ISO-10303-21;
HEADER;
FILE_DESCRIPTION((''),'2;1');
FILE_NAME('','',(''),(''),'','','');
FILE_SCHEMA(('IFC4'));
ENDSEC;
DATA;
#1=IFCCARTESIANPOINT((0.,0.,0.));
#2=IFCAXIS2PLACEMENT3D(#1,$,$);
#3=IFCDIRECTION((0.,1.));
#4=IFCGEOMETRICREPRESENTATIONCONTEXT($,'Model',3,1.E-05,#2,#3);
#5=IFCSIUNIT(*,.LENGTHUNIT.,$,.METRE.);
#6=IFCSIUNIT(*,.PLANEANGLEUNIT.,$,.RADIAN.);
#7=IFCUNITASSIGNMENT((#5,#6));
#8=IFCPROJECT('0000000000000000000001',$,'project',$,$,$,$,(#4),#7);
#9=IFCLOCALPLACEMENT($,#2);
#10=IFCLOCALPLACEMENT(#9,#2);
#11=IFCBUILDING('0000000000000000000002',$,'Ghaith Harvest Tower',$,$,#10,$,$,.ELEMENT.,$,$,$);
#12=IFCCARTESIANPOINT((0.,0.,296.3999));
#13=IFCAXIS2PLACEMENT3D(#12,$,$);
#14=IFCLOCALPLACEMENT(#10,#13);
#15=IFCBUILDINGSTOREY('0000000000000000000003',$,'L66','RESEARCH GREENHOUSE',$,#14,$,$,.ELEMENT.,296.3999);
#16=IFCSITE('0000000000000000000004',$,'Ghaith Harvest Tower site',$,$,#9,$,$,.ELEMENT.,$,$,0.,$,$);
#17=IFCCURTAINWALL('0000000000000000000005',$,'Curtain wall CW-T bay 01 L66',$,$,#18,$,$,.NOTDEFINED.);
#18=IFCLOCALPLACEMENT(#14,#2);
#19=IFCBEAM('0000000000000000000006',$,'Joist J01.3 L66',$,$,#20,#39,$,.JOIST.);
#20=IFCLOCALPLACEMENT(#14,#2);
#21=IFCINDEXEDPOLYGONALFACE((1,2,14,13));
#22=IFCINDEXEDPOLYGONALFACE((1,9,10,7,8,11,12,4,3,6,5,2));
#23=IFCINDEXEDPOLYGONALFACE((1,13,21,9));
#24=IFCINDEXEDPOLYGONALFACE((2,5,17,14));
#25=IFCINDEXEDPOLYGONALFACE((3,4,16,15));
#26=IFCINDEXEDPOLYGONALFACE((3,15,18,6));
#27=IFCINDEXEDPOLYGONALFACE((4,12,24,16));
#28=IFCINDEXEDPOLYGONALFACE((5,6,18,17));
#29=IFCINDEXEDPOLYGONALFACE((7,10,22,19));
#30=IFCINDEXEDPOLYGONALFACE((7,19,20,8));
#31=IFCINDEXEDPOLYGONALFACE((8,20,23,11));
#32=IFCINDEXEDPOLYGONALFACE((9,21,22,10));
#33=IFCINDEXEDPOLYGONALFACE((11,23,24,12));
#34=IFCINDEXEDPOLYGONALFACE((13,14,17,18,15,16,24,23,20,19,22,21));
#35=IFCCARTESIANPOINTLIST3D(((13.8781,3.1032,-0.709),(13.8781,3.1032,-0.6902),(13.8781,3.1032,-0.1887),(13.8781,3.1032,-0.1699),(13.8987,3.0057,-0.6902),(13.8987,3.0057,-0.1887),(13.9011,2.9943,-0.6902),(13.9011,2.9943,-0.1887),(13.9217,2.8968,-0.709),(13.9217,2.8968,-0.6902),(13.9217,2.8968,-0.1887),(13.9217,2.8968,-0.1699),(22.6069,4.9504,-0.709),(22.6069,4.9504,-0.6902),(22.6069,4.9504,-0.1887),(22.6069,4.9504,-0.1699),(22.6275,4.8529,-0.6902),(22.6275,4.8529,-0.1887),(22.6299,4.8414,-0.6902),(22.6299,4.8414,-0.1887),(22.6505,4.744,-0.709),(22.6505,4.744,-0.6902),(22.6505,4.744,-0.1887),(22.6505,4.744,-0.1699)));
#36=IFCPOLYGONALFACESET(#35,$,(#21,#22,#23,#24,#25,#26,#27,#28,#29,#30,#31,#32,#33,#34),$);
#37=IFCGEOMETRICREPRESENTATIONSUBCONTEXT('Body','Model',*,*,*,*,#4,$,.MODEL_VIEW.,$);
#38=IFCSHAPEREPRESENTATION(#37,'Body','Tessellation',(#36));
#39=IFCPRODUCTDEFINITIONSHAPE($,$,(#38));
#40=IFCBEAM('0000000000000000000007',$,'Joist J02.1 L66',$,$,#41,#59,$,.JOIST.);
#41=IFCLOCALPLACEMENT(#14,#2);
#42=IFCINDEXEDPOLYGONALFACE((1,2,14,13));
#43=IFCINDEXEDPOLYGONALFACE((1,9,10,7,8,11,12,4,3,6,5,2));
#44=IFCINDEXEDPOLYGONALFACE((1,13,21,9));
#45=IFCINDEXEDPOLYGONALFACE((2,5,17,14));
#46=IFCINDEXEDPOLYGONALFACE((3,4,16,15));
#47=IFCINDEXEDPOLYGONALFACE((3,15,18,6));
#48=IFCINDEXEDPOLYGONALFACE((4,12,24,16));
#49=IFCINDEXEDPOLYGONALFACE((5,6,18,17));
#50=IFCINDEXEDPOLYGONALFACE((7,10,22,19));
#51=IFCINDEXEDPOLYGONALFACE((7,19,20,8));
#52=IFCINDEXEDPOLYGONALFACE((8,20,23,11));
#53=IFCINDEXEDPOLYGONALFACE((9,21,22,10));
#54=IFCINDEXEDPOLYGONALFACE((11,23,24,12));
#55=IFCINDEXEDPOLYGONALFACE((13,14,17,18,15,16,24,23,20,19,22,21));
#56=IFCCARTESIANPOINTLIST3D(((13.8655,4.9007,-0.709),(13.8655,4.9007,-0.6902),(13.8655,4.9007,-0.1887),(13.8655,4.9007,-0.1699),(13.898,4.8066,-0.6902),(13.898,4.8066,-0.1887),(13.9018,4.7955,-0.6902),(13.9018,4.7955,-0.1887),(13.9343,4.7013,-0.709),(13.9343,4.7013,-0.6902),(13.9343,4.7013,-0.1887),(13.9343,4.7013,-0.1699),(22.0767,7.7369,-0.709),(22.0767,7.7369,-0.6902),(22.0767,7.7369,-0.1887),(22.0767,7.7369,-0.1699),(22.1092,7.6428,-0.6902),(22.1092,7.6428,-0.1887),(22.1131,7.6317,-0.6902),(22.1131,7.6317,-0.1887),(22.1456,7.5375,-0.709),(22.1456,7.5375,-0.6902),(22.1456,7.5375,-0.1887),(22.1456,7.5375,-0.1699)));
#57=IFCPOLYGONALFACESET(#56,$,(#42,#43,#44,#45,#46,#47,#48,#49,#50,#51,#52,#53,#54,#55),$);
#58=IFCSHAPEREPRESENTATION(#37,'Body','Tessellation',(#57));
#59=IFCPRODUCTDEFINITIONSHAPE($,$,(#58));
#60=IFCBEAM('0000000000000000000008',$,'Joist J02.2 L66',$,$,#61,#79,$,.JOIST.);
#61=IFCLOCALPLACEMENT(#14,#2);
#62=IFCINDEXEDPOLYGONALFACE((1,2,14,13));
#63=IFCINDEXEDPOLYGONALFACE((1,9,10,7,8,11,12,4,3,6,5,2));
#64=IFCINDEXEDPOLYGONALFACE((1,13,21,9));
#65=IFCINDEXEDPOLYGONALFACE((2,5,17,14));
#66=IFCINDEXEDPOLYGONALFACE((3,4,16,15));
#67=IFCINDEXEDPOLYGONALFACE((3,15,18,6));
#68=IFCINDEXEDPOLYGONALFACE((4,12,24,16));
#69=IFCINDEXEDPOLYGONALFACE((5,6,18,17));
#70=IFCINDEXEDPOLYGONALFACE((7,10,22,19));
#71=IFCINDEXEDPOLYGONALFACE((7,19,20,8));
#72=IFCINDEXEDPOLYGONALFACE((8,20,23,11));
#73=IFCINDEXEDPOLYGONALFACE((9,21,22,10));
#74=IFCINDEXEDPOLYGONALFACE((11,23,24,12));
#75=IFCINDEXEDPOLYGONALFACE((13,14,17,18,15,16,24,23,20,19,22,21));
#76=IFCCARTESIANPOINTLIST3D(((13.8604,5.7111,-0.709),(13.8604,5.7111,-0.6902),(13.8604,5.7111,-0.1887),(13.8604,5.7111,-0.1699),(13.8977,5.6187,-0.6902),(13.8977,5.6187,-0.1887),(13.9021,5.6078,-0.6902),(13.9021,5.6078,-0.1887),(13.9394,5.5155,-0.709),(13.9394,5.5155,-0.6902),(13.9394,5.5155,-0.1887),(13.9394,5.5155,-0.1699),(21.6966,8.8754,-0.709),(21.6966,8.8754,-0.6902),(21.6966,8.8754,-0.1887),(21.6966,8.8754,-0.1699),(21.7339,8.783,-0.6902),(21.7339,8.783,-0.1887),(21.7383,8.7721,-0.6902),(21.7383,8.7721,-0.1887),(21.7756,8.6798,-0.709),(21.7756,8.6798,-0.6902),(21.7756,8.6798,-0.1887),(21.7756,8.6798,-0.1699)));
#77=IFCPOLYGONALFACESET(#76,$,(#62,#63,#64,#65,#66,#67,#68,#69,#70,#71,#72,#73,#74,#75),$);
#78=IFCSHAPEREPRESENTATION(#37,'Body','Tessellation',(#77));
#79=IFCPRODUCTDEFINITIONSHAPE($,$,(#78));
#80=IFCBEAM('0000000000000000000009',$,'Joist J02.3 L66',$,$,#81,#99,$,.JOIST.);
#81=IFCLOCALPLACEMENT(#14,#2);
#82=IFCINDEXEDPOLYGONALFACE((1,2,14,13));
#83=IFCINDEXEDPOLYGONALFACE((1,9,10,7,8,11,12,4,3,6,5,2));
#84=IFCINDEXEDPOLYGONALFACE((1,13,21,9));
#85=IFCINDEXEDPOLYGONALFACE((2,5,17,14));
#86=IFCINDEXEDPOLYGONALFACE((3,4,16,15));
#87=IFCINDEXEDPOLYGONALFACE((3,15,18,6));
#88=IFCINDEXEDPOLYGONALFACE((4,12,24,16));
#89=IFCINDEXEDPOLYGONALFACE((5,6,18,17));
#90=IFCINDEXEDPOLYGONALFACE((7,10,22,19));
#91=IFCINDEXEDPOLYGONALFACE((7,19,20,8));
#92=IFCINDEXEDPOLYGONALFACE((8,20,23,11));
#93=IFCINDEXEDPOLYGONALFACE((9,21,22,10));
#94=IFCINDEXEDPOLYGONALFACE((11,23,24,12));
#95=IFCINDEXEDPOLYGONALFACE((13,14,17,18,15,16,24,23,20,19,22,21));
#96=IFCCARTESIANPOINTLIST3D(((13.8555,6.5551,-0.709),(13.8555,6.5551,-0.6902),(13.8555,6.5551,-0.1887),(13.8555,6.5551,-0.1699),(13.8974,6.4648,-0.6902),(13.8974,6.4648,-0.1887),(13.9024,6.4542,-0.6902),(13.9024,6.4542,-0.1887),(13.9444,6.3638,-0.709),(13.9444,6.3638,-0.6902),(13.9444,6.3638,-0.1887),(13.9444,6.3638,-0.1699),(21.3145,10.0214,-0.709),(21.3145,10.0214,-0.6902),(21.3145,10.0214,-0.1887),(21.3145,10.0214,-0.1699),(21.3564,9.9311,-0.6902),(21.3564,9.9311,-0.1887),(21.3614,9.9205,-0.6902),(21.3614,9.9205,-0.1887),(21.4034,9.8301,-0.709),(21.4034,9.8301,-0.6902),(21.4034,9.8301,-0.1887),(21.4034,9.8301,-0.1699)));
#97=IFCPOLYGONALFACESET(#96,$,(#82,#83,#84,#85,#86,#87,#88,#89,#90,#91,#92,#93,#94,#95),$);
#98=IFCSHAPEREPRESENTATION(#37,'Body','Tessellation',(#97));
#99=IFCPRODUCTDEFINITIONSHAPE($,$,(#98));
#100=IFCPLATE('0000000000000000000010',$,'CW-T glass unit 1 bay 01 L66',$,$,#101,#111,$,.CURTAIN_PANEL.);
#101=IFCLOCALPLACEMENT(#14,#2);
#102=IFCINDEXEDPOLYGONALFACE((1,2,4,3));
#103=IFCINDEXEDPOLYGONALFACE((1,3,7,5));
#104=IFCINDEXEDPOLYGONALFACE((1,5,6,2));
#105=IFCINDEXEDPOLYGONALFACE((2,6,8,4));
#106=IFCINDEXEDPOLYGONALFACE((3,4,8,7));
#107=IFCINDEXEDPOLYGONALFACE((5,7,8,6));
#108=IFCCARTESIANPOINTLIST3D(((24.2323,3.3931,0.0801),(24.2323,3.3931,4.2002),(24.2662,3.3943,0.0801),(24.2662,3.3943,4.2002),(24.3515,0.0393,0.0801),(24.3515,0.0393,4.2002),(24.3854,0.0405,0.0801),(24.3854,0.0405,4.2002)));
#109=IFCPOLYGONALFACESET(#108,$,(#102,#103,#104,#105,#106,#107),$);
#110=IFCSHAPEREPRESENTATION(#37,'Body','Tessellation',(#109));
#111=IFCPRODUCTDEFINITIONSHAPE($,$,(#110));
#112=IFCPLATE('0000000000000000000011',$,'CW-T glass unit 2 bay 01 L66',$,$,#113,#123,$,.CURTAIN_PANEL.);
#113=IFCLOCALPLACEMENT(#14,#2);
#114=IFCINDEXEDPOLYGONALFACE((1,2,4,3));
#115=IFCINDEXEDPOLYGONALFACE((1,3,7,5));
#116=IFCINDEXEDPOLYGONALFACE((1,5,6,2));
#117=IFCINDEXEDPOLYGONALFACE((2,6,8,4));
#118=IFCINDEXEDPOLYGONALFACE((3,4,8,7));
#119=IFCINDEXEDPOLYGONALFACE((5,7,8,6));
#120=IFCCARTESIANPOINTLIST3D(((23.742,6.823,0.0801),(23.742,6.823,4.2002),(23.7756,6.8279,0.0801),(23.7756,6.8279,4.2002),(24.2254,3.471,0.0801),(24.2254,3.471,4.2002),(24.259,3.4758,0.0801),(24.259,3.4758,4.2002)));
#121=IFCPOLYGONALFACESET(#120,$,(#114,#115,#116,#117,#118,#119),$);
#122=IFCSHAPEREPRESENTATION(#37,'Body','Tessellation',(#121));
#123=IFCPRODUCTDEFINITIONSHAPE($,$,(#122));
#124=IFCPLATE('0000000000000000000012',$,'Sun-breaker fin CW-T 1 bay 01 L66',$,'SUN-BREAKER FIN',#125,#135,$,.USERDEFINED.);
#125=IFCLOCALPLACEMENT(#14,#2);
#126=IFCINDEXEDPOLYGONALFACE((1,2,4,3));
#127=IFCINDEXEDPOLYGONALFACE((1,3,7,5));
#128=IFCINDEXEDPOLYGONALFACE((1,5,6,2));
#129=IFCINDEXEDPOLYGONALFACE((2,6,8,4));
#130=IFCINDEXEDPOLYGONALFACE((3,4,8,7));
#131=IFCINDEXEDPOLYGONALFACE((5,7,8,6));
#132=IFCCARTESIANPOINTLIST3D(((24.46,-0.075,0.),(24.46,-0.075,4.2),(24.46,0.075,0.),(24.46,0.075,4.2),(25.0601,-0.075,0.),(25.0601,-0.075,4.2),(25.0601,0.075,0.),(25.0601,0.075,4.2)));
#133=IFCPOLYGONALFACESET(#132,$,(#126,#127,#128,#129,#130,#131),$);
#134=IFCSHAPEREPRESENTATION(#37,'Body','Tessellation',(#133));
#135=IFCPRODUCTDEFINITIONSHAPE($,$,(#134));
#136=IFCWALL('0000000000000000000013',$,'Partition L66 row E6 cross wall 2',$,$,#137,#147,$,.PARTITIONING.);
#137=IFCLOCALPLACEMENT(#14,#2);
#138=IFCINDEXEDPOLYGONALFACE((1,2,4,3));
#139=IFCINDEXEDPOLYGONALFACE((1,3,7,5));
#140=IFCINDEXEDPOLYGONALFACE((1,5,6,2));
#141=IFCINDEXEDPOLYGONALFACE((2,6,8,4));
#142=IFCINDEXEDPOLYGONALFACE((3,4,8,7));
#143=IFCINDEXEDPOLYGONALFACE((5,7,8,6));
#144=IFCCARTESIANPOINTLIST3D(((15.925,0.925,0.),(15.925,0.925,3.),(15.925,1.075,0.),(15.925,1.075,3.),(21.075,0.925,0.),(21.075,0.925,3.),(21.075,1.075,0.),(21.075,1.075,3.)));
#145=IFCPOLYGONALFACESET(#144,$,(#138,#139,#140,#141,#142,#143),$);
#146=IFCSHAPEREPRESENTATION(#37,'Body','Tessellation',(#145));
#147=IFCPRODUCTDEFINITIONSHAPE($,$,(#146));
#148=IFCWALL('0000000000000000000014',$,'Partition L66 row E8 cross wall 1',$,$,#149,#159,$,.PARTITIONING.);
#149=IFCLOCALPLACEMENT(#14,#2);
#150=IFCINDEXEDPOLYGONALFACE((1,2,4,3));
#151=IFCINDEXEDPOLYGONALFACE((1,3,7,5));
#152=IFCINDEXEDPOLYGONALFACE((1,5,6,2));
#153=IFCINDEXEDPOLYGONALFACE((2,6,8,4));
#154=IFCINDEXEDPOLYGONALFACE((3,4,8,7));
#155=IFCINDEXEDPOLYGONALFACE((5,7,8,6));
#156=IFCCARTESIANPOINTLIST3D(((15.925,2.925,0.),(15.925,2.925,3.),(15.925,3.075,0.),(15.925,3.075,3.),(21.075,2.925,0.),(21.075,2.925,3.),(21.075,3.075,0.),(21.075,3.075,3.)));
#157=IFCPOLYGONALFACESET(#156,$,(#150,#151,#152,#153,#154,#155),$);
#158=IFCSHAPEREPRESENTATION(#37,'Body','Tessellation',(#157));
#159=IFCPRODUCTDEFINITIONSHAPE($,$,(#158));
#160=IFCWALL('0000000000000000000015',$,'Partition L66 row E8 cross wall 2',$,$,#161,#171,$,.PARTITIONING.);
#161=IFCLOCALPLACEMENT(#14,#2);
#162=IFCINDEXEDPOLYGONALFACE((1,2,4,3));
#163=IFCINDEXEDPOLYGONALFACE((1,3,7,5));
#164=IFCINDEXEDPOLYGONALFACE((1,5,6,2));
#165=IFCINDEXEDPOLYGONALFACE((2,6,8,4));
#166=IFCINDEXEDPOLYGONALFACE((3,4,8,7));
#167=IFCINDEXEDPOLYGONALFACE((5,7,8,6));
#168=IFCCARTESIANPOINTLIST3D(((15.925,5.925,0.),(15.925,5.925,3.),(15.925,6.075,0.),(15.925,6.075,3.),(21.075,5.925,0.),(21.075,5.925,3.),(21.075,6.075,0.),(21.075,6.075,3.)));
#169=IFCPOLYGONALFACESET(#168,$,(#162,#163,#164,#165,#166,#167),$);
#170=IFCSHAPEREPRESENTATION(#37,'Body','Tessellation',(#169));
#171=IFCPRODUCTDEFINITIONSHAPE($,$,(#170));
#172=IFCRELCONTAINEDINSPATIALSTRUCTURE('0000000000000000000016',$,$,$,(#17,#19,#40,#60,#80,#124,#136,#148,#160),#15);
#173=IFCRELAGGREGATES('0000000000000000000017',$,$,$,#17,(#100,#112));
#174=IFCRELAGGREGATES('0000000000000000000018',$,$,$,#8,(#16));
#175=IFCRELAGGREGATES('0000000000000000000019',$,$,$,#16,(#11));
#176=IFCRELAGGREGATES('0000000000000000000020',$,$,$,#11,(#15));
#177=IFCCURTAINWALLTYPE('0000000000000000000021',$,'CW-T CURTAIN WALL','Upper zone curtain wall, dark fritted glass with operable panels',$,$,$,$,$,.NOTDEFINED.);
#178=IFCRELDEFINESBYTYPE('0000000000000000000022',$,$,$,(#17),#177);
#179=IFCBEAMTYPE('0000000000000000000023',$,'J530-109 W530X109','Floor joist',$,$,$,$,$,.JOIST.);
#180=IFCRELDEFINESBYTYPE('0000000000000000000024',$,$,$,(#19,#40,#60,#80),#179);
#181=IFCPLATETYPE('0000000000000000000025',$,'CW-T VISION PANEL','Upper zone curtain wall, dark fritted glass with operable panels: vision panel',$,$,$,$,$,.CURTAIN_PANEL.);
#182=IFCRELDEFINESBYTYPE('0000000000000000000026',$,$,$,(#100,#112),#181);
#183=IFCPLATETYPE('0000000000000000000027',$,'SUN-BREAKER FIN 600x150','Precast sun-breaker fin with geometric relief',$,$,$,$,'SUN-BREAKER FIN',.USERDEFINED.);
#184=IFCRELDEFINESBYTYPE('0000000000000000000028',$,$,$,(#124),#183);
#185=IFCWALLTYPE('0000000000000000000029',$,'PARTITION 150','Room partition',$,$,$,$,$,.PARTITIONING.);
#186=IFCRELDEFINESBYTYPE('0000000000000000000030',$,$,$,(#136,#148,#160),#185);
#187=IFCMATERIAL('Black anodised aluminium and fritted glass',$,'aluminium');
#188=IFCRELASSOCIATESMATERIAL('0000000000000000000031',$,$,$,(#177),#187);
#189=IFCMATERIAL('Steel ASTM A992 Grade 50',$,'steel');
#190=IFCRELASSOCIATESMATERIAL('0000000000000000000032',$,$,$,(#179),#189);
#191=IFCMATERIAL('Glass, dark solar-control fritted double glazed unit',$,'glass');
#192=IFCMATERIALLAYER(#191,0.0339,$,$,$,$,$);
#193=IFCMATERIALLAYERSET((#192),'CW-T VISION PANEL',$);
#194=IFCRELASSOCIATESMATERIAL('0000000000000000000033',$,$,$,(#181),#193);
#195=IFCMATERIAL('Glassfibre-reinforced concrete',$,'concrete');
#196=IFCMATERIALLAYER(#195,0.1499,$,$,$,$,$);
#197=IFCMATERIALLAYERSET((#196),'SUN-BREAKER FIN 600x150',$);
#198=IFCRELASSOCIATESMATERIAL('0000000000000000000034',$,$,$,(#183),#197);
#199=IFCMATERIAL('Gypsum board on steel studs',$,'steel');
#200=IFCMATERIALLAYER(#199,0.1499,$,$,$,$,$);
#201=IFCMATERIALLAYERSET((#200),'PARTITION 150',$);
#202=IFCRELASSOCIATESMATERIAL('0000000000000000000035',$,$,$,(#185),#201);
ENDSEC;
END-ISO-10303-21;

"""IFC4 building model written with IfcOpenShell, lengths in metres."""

from ifc_helpers import new_model, si_unit, direction, frame, frame_2d, origin, origin_2d, place, context, subcontext, project, spatial, rectangle, i_section, extrude, material, layer, layer_set, material_profile, profile_set, type_object, element, aggregate, save


model = new_model("IFC4")

# Units and contexts
model_context = context("Model", 3, precision=1e-05, world=origin(), true_north=direction((0.0, 1.0)))
body_context = subcontext(model_context, "Body", "Model", "MODEL_VIEW")
ifc_project = project(units=[si_unit("LENGTHUNIT", "METRE"), si_unit("PLANEANGLEUNIT", "RADIAN")], contexts=[model_context])

# Site, building, storey
site_placement = place(None, origin())
site = spatial("IfcSite", under=ifc_project, at=site_placement, Name="Ghaith Harvest Tower site", CompositionType="ELEMENT", RefElevation=0.0)
building_placement = place(site_placement, origin())
building = spatial("IfcBuilding", under=site, at=building_placement, Name="Ghaith Harvest Tower", CompositionType="ELEMENT")
storey_placement = place(building_placement, frame((0.0, 0.0, 296.3999)))
storey = spatial("IfcBuildingStorey", under=building, at=storey_placement, Name="L66", Description="RESEARCH GREENHOUSE", CompositionType="ELEMENT", Elevation=296.3999)

# Curtain wall
ifc_material_1 = material(Name="Black anodised aluminium and fritted glass", Category="aluminium")
curtain_wall_type = type_object("IfcCurtainWallType", Name="CW-T CURTAIN WALL", Description="Upper zone curtain wall, dark fritted glass with operable panels", PredefinedType="NOTDEFINED", material=ifc_material_1)
curtain_wall_placement = place(storey_placement, origin())
curtain_wall = element("IfcCurtainWall", 1, at=curtain_wall_placement, inside=storey, type_object=curtain_wall_type, Name="Curtain wall CW-T bay 01 L66", PredefinedType="NOTDEFINED")

# Beams
ifc_material_2 = material(Name="Steel ASTM A992 Grade 50", Category="steel")
ifc_material_profile_1 = material_profile(ifc_material_2, i_section(OverallWidth=0.2109, OverallDepth=0.5391, WebThickness=0.0117, FlangeThickness=0.0188, at=origin_2d()), Name="W530X109")
ifc_profile_set_1 = profile_set([ifc_material_profile_1], Name="Steel ASTM A992 Grade 50")
beam_type_1 = type_object("IfcBeamType", Name="J530-109 W530X109", Description="Floor joist", PredefinedType="JOIST", material=ifc_profile_set_1)
beam_1_placement = place(storey_placement, frame((13.8999, 3.0, -0.4395), z_axis=(0.978334, 0.207034, 0.0), x_axis=(-0.207034, 0.978334, 0.0)))
element("IfcBeam", 2, at=beam_1_placement, inside=storey, type_object=beam_type_1, Name="Joist J01.3 L66", PredefinedType="JOIST", context=body_context, shape_type="SweptSolid", body=[
    extrude(i_section(OverallWidth=0.2109, OverallDepth=0.5391, WebThickness=0.0117, FlangeThickness=0.0188, at=origin_2d()), origin(), (0.0, 0.0, 1.0), 8.9221),
])
beam_2_placement = place(storey_placement, frame((13.8999, 4.801, -0.4395), z_axis=(0.945205, 0.326478, 0.0), x_axis=(-0.326478, 0.945205, 0.0)))
element("IfcBeam", 3, at=beam_2_placement, inside=storey, type_object=beam_type_1, Name="Joist J02.1 L66", PredefinedType="JOIST", context=body_context, shape_type="SweptSolid", body=[
    extrude(i_section(OverallWidth=0.2109, OverallDepth=0.5391, WebThickness=0.0117, FlangeThickness=0.0188, at=origin_2d()), origin(), (0.0, 0.0, 1.0), 8.6873),
])
beam_3_placement = place(storey_placement, frame((13.8999, 5.6133, -0.4395), z_axis=(0.927254, 0.374432, 0.0), x_axis=(-0.374432, 0.927254, 0.0)))
element("IfcBeam", 4, at=beam_3_placement, inside=storey, type_object=beam_type_1, Name="Joist J02.2 L66", PredefinedType="JOIST", context=body_context, shape_type="SweptSolid", body=[
    extrude(i_section(OverallWidth=0.2109, OverallDepth=0.5391, WebThickness=0.0117, FlangeThickness=0.0188, at=origin_2d()), origin(), (0.0, 0.0, 1.0), 8.4509),
])
beam_4_placement = place(storey_placement, frame((13.8999, 6.4595, -0.4395), z_axis=(0.90686, 0.421432, 0.0), x_axis=(-0.421432, 0.90686, 0.0)))
element("IfcBeam", 5, at=beam_4_placement, inside=storey, type_object=beam_type_1, Name="Joist J02.3 L66", PredefinedType="JOIST", context=body_context, shape_type="SweptSolid", body=[
    extrude(i_section(OverallWidth=0.2109, OverallDepth=0.5391, WebThickness=0.0117, FlangeThickness=0.0188, at=origin_2d()), origin(), (0.0, 0.0, 1.0), 8.2251),
])

# Plates
ifc_material_3 = material(Name="Glass, dark solar-control fritted double glazed unit", Category="glass")
ifc_layer_1 = layer(ifc_material_3, 0.0339)
ifc_layer_set_1 = layer_set([ifc_layer_1], Name="CW-T VISION PANEL")
plate_type_1 = type_object("IfcPlateType", Name="CW-T VISION PANEL", Description="Upper zone curtain wall, dark fritted glass with operable panels: vision panel", PredefinedType="CURTAIN_PANEL", material=ifc_layer_set_1)
plate_1_placement = place(storey_placement, frame((24.3088, 1.7168, 0.0801), z_axis=(0.0, 0.0, 1.0), x_axis=(-0.035536, 0.999368, 0.0)))
plate_1 = element("IfcPlate", 6, at=plate_1_placement, type_object=plate_type_1, Name="CW-T glass unit 1 bay 01 L66", PredefinedType="CURTAIN_PANEL", context=body_context, shape_type="SweptSolid", body=[
    extrude(rectangle(XDim=3.356, YDim=0.0339, at=origin_2d()), origin(), (0.0, 0.0, 1.0), 4.1201),
])
plate_2_placement = place(storey_placement, frame((24.0005, 5.1494, 0.0801), z_axis=(0.0, 0.0, 1.0), x_axis=(-0.14273, 0.989762, 0.0)))
plate_2 = element("IfcPlate", 7, at=plate_2_placement, type_object=plate_type_1, Name="CW-T glass unit 2 bay 01 L66", PredefinedType="CURTAIN_PANEL", context=body_context, shape_type="SweptSolid", body=[
    extrude(rectangle(XDim=3.3867, YDim=0.0339, at=origin_2d()), origin(), (0.0, 0.0, 1.0), 4.1201),
])
aggregate(curtain_wall, [plate_1, plate_2])
ifc_material_4 = material(Name="Glassfibre-reinforced concrete", Category="concrete")
ifc_layer_2 = layer(ifc_material_4, 0.1499)
ifc_layer_set_2 = layer_set([ifc_layer_2], Name="SUN-BREAKER FIN 600x150")
plate_type_2 = type_object("IfcPlateType", Name="SUN-BREAKER FIN 600x150", Description="Precast sun-breaker fin with geometric relief", ElementType="SUN-BREAKER FIN", PredefinedType="USERDEFINED", material=ifc_layer_set_2)
plate_3_placement = place(storey_placement, frame((24.76, 0.0, 0.0), z_axis=(0.0, 0.0, 1.0), x_axis=(1.0, 0.0, 0.0)))
element("IfcPlate", 8, at=plate_3_placement, inside=storey, type_object=plate_type_2, Name="Sun-breaker fin CW-T 1 bay 01 L66", ObjectType="SUN-BREAKER FIN", PredefinedType="USERDEFINED", context=body_context, shape_type="SweptSolid", body=[
    extrude(rectangle(XDim=0.6001, YDim=0.1499, at=origin_2d()), origin(), (0.0, 0.0, 1.0), 4.2),
])

# Walls
ifc_material_5 = material(Name="Gypsum board on steel studs", Category="steel")
ifc_layer_3 = layer(ifc_material_5, 0.1499)
ifc_layer_set_3 = layer_set([ifc_layer_3], Name="PARTITION 150")
wall_type = type_object("IfcWallType", Name="PARTITION 150", Description="Room partition", PredefinedType="PARTITIONING", material=ifc_layer_set_3)
for number, where, z_axis, x_axis, name in (
    (9, (15.925, 1.0, 0.0), (0.0, 0.0, 1.0), (1.0, 0.0, 0.0), "Partition L66 row E6 cross wall 2"),
    (10, (15.925, 3.0, 0.0), (0.0, 0.0, 1.0), (1.0, 0.0, 0.0), "Partition L66 row E8 cross wall 1"),
    (11, (15.925, 6.0, 0.0), (0.0, 0.0, 1.0), (1.0, 0.0, 0.0), "Partition L66 row E8 cross wall 2"),
):
    element("IfcWall", number, at=place(storey_placement, frame(where, z_axis=z_axis, x_axis=x_axis)), inside=storey, type_object=wall_type, Name=name, PredefinedType="PARTITIONING", context=body_context, shape_type="SweptSolid", body=[
        extrude(rectangle(XDim=5.1499, YDim=0.1499, at=frame_2d((2.575, 0.0))), origin(), (0.0, 0.0, 1.0), 3.0),
    ])

save(model, "model.ifc")
